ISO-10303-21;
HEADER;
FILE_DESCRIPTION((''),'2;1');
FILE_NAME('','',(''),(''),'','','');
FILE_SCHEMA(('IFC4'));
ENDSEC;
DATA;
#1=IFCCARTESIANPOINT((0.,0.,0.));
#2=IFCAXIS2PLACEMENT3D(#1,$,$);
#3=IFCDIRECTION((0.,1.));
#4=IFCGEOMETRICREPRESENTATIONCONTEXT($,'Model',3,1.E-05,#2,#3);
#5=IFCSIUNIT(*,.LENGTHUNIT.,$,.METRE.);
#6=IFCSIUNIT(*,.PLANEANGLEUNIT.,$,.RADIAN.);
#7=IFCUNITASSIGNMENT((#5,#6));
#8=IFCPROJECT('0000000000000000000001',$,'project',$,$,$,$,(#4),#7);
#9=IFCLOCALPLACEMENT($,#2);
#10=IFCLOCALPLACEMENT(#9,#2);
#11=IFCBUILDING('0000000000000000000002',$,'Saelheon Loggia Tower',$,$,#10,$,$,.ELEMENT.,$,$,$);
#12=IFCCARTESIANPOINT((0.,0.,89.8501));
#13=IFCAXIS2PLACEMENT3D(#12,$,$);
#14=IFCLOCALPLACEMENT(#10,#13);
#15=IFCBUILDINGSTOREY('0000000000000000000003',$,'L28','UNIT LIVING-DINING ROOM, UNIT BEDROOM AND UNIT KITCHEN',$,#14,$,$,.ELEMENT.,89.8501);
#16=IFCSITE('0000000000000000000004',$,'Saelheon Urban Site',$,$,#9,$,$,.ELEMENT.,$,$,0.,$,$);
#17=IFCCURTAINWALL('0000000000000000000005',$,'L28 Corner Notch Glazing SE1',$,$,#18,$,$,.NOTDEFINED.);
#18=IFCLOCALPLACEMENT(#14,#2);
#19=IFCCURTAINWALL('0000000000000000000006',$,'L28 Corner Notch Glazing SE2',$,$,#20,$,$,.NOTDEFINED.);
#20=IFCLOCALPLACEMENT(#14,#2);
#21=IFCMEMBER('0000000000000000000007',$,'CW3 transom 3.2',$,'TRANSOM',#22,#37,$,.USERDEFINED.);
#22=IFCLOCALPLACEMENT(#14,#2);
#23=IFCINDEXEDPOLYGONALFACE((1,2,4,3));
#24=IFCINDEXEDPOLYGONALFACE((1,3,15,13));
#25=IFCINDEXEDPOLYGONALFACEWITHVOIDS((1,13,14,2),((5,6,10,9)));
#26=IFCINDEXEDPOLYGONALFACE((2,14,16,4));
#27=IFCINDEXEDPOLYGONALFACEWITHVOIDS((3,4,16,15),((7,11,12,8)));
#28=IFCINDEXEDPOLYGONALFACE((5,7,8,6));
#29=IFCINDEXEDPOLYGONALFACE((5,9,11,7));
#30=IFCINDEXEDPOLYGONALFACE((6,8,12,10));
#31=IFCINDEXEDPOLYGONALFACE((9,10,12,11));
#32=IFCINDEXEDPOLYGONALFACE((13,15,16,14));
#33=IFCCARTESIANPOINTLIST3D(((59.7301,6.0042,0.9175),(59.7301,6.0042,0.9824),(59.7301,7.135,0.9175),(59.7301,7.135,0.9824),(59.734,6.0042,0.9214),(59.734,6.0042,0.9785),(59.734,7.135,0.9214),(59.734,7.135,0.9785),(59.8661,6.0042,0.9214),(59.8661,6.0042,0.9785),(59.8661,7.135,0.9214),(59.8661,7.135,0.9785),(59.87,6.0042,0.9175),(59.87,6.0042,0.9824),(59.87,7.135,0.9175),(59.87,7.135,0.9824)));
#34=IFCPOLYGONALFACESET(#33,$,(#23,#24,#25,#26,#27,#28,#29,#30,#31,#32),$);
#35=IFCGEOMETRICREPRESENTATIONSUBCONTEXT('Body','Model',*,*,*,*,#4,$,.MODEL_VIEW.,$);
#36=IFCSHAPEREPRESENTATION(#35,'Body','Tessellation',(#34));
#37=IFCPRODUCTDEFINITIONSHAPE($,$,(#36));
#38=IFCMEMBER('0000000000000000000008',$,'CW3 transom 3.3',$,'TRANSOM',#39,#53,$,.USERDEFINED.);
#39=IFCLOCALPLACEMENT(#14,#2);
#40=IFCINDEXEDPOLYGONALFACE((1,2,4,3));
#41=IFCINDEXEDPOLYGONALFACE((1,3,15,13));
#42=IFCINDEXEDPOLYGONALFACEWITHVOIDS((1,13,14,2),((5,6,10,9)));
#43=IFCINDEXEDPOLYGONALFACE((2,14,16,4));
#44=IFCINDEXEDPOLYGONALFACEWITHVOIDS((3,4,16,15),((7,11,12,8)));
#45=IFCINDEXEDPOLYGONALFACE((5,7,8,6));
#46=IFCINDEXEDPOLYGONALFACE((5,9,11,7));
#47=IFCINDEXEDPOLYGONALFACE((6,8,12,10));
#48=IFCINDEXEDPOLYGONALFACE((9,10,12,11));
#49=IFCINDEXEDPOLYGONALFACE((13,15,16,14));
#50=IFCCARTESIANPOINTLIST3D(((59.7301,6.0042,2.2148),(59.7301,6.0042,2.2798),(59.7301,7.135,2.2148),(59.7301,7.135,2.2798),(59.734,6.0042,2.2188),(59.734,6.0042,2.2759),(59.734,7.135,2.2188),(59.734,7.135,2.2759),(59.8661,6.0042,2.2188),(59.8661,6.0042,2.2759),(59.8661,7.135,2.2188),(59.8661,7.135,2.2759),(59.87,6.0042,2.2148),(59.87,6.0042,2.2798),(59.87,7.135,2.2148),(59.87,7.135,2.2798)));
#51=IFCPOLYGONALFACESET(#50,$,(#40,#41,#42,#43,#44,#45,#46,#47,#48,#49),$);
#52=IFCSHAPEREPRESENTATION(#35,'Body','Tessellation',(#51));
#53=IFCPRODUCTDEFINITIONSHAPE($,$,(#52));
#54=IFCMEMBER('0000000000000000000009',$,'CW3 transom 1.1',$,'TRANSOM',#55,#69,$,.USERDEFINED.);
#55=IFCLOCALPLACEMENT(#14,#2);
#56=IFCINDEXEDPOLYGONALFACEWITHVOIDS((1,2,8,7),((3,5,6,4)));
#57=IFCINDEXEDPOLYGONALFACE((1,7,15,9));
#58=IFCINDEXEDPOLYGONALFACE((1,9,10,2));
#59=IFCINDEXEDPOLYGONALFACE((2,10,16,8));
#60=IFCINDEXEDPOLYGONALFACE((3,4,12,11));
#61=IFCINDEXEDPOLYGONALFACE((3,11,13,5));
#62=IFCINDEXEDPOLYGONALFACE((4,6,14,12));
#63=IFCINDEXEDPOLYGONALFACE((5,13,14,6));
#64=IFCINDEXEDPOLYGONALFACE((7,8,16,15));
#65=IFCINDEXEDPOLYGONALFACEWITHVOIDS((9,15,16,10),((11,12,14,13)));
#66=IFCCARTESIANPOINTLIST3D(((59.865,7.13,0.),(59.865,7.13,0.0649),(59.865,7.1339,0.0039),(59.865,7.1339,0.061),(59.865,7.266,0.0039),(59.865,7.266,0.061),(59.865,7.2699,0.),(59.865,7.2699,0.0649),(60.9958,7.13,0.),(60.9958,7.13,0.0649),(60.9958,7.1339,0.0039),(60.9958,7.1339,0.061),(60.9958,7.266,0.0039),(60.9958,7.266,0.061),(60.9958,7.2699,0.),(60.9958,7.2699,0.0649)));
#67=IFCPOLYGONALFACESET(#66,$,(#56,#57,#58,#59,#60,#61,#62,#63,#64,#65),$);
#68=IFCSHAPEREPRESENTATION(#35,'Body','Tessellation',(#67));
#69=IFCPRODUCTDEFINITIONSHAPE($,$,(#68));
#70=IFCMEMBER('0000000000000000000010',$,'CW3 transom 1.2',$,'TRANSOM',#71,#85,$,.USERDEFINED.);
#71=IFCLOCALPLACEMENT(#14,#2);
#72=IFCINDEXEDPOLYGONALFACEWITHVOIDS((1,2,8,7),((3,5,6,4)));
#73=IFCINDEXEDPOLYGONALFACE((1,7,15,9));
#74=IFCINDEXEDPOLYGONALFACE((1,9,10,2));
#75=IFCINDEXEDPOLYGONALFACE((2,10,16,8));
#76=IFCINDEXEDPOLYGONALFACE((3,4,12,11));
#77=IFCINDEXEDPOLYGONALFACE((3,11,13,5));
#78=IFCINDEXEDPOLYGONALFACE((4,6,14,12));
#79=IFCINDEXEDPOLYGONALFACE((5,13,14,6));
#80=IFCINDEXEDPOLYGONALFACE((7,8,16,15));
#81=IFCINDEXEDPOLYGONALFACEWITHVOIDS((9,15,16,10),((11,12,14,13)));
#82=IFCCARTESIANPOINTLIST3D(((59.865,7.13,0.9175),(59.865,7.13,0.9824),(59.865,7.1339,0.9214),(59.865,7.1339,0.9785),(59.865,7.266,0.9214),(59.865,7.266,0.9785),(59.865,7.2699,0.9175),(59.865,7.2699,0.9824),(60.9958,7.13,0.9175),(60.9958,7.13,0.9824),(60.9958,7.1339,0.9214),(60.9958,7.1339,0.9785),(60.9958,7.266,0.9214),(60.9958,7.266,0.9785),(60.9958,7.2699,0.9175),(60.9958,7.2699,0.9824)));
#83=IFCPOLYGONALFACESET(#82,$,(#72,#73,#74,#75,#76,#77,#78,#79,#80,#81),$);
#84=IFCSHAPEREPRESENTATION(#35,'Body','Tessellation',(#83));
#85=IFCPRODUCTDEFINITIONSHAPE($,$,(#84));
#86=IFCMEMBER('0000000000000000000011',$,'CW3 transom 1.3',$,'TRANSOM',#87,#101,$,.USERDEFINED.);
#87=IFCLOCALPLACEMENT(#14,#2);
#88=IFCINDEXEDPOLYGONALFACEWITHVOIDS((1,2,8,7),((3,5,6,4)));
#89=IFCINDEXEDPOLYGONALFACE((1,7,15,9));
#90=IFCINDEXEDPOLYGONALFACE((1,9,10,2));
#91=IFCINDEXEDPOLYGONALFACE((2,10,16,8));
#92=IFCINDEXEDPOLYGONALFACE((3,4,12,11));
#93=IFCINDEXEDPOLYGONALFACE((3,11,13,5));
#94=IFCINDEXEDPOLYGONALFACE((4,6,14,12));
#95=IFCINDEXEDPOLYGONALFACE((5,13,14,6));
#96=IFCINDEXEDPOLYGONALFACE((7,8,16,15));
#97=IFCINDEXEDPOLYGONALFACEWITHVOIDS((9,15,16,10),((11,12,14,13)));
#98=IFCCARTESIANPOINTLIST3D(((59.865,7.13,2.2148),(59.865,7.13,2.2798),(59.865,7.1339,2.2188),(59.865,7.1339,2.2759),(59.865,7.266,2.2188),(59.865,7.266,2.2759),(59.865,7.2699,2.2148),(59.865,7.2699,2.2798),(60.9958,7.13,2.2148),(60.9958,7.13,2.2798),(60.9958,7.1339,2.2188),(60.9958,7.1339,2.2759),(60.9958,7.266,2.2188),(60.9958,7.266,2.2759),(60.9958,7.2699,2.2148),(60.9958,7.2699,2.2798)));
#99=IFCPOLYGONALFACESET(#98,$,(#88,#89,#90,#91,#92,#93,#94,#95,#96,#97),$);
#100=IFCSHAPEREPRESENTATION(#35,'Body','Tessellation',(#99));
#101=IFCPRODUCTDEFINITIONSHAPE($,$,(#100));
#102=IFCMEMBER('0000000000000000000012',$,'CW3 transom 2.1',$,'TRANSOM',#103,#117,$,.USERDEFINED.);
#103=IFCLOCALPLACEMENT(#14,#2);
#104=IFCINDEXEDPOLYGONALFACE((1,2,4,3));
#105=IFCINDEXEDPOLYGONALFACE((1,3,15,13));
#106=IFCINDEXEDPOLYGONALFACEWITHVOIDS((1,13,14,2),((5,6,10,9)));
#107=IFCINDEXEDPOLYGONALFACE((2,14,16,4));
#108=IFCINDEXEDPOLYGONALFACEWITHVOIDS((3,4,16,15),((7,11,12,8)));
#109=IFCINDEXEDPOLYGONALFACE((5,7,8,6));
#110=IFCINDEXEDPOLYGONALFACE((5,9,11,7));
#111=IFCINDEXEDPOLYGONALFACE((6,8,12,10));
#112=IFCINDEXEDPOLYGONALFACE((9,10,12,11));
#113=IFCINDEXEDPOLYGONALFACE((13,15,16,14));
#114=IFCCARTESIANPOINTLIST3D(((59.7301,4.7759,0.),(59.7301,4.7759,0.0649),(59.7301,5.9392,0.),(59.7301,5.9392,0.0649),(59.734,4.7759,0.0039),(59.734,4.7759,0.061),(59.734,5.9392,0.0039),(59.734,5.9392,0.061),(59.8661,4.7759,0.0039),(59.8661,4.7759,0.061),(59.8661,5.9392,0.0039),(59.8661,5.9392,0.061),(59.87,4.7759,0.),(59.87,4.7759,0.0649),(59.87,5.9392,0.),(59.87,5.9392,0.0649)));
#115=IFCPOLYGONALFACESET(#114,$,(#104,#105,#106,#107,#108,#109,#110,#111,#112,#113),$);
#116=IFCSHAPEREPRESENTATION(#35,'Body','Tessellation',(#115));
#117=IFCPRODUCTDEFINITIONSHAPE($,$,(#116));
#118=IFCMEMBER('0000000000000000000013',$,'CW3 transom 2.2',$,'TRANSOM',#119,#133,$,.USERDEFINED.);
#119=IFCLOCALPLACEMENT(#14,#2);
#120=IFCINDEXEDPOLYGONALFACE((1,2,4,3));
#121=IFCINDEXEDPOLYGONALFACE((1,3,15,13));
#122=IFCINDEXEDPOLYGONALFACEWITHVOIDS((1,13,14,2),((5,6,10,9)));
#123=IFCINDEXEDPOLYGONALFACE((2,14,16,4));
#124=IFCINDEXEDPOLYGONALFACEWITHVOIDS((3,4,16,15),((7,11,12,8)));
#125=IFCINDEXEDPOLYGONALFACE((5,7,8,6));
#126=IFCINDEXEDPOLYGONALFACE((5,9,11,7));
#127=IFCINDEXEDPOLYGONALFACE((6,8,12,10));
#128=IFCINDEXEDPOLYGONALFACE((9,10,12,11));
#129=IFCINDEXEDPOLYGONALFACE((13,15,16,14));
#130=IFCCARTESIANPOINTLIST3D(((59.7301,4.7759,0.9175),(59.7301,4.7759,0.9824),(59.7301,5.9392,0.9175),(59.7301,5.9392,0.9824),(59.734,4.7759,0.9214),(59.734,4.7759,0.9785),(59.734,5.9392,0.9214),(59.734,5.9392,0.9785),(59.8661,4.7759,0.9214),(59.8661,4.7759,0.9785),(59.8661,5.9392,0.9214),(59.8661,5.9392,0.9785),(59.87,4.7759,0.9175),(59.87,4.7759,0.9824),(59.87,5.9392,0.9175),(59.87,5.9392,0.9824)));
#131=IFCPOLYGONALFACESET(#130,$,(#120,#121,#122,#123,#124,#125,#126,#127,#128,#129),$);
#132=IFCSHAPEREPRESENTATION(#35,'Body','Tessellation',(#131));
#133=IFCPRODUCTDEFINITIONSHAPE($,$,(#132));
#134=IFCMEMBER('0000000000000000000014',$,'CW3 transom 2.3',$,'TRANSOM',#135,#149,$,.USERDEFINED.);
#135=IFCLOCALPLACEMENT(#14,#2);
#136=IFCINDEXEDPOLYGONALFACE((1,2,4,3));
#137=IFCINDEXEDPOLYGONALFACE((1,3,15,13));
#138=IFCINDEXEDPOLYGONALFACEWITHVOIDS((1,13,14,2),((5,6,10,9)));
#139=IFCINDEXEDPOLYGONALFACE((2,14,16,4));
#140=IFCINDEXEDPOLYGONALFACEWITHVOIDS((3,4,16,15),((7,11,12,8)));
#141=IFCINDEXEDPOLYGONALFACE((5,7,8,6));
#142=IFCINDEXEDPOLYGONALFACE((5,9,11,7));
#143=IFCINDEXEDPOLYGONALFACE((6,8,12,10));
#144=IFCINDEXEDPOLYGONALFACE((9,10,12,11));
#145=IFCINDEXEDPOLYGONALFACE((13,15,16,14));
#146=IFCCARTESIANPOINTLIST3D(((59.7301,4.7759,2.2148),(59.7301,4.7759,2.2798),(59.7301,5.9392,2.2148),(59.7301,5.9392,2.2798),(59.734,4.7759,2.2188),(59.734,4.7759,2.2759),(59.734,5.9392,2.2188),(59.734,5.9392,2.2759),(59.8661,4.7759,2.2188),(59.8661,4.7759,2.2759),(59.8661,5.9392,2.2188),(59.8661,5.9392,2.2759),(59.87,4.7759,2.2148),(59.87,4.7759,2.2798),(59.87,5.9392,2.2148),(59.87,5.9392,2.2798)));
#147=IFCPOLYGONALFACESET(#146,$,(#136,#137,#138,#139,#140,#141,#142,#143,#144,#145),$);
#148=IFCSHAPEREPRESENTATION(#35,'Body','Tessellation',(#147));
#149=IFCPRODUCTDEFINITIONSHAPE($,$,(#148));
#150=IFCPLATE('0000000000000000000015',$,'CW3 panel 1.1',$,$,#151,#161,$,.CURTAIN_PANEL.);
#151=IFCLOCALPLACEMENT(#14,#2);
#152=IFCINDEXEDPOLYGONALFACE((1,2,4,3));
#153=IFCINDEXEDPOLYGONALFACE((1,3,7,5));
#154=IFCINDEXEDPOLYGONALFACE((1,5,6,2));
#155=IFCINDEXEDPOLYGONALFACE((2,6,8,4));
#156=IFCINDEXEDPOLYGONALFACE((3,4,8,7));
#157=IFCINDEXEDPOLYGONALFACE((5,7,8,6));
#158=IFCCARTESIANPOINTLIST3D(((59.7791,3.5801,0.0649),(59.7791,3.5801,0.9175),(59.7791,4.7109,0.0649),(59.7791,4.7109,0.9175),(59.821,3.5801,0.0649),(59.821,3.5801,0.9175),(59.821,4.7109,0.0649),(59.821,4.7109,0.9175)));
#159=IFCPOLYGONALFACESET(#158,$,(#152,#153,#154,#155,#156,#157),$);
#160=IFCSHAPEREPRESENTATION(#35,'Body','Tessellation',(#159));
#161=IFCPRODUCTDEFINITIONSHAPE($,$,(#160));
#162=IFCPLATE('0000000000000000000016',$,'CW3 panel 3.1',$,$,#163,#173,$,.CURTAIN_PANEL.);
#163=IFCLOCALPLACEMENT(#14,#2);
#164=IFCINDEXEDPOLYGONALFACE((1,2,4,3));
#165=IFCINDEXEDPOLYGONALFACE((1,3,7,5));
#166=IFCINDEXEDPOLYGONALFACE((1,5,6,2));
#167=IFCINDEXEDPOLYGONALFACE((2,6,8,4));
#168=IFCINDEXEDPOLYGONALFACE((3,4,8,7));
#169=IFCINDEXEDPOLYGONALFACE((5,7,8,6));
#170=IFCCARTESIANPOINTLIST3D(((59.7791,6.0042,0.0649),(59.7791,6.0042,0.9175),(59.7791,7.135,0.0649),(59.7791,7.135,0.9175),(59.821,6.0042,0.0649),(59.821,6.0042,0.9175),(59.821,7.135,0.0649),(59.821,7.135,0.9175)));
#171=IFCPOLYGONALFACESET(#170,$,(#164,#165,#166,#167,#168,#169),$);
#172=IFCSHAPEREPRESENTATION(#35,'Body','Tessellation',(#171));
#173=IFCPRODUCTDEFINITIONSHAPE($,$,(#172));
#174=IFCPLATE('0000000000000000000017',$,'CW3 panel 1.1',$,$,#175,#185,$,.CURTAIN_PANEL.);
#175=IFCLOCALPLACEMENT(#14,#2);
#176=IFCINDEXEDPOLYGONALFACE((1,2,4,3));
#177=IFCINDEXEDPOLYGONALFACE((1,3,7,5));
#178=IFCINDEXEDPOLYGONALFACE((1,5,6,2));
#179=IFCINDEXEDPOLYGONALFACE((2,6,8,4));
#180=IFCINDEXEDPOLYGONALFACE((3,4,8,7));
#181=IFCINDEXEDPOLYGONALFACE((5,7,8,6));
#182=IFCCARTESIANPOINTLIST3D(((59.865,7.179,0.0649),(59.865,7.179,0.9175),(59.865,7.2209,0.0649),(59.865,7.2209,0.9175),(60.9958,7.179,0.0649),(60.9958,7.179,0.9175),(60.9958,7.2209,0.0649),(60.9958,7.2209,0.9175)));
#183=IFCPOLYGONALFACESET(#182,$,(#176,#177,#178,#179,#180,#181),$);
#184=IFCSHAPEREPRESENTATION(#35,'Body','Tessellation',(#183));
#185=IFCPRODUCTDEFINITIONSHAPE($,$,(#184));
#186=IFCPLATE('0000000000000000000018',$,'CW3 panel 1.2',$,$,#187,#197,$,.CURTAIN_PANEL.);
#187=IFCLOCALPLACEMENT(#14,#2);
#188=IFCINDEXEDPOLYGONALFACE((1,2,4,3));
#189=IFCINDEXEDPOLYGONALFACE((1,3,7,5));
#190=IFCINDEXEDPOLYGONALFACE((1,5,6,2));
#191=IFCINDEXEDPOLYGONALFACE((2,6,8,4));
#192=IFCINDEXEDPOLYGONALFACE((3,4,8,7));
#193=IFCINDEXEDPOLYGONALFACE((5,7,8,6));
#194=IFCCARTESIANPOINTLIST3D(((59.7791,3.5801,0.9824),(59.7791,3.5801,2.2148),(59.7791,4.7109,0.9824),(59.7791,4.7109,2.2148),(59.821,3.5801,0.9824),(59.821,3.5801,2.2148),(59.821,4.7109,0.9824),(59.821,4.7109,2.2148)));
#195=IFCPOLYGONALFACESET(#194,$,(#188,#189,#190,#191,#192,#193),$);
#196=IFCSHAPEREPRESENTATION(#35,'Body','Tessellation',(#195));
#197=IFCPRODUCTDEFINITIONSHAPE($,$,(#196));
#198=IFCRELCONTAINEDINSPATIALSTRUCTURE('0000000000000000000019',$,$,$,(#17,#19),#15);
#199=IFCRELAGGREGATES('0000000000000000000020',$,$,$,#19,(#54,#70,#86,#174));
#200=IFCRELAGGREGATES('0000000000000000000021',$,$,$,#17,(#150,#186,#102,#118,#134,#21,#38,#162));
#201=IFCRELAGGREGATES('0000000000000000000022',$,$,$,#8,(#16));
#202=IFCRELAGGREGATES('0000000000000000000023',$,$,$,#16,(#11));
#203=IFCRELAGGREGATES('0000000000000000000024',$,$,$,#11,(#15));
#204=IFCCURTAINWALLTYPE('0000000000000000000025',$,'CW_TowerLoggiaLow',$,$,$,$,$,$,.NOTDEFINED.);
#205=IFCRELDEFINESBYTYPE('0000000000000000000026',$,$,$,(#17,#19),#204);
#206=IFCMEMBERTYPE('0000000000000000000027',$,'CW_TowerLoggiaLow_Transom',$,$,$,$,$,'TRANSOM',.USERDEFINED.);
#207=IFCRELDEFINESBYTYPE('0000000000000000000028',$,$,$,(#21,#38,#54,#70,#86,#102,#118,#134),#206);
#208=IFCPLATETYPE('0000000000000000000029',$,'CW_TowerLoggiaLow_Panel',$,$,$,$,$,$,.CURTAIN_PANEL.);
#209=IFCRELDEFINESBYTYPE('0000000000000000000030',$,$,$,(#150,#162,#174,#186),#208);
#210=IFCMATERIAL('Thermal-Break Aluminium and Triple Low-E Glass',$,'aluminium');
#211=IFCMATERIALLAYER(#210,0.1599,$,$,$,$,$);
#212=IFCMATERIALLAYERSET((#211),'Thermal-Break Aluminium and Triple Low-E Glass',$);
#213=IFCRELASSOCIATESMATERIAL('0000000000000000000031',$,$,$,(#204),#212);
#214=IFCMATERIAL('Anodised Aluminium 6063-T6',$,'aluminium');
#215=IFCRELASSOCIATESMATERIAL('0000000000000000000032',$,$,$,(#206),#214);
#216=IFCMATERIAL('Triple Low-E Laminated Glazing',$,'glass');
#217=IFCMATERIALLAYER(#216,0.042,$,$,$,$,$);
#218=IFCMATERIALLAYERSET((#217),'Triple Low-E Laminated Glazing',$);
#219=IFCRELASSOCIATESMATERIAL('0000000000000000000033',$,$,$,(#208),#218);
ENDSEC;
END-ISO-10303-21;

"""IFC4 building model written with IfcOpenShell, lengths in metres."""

from ifc_helpers import new_model, si_unit, direction, frame, origin, origin_2d, place, context, subcontext, project, spatial, rectangle, hollow_rectangle, extrude, source, transform, mapped, material, layer, layer_set, material_profile, profile_set, type_object, element, aggregate, save


model = new_model("IFC4")

# Units and contexts
model_context = context("Model", 3, precision=1e-05, world=origin(), true_north=direction((0.0, 1.0)))
body_context = subcontext(model_context, "Body", "Model", "MODEL_VIEW")
ifc_project = project(units=[si_unit("LENGTHUNIT", "METRE"), si_unit("PLANEANGLEUNIT", "RADIAN")], contexts=[model_context])

# Site, building, storey
site_placement = place(None, origin())
site = spatial("IfcSite", under=ifc_project, at=site_placement, Name="Saelheon Urban Site", CompositionType="ELEMENT", RefElevation=0.0)
building_placement = place(site_placement, origin())
building = spatial("IfcBuilding", under=site, at=building_placement, Name="Saelheon Loggia Tower", CompositionType="ELEMENT")
storey_placement = place(building_placement, frame((0.0, 0.0, 89.8501)))
storey = spatial("IfcBuildingStorey", under=building, at=storey_placement, Name="L28", Description="UNIT LIVING-DINING ROOM, UNIT BEDROOM AND UNIT KITCHEN", CompositionType="ELEMENT", Elevation=89.8501)

# Curtain wall
ifc_material_1 = material(Name="Thermal-Break Aluminium and Triple Low-E Glass", Category="aluminium")
ifc_layer_1 = layer(ifc_material_1, 0.1599)
ifc_layer_set_1 = layer_set([ifc_layer_1], Name="Thermal-Break Aluminium and Triple Low-E Glass")
curtain_wall_type = type_object("IfcCurtainWallType", Name="CW_TowerLoggiaLow", PredefinedType="NOTDEFINED", material=ifc_layer_set_1)
curtain_wall_1_placement = place(storey_placement, origin())
curtain_wall_1 = element("IfcCurtainWall", 1, at=curtain_wall_1_placement, inside=storey, type_object=curtain_wall_type, Name="L28 Corner Notch Glazing SE1", PredefinedType="NOTDEFINED")
ifc_material_2 = material(Name="Anodised Aluminium 6063-T6", Category="aluminium")

# Curtain wall
curtain_wall_2_placement = place(storey_placement, origin())
curtain_wall_2 = element("IfcCurtainWall", 2, at=curtain_wall_2_placement, inside=storey, type_object=curtain_wall_type, Name="L28 Corner Notch Glazing SE2", PredefinedType="NOTDEFINED")

# Members
ifc_material_profile_1 = material_profile(ifc_material_2, hollow_rectangle(XDim=0.0649, YDim=0.1399, WallThickness=0.0039, at=origin_2d()), Name="RHS-140x65x4")
ifc_profile_set_1 = profile_set([ifc_material_profile_1], Name="Anodised Aluminium 6063-T6")
member_type_1 = type_object("IfcMemberType", Name="CW_TowerLoggiaLow_Transom", ElementType="TRANSOM", PredefinedType="USERDEFINED", material=ifc_profile_set_1)
shared_shape_1 = source(origin(), body_context, "Body", "SweptSolid", [
    extrude(hollow_rectangle(XDim=0.0649, YDim=0.1399, WallThickness=0.0039, at=origin_2d()), origin(), (0.0, 0.0, 1.0), 1.1309),
])
member_1_placement = place(storey_placement, frame((59.8, 6.0042, 0.95), z_axis=(0.0, 1.0, 0.0), x_axis=(0.0, 0.0, 1.0)))
member_1 = element("IfcMember", 3, at=member_1_placement, type_object=member_type_1, Name="CW3 transom 3.2", ObjectType="TRANSOM", PredefinedType="USERDEFINED", context=body_context, shape_type="MappedRepresentation", body=[
    mapped(shared_shape_1, transform((0.0, 0.0, 0.0), scale=1.0)),
])
member_2_placement = place(storey_placement, frame((59.8, 6.0042, 2.2473), z_axis=(0.0, 1.0, 0.0), x_axis=(0.0, 0.0, 1.0)))
member_2 = element("IfcMember", 4, at=member_2_placement, type_object=member_type_1, Name="CW3 transom 3.3", ObjectType="TRANSOM", PredefinedType="USERDEFINED", context=body_context, shape_type="MappedRepresentation", body=[
    mapped(shared_shape_1, transform((0.0, 0.0, 0.0), scale=1.0)),
])
member_3_placement = place(storey_placement, frame((59.865, 7.2, 0.0325), z_axis=(1.0, 0.0, 0.0), x_axis=(0.0, 0.0, 1.0)))
member_3 = element("IfcMember", 5, at=member_3_placement, type_object=member_type_1, Name="CW3 transom 1.1", ObjectType="TRANSOM", PredefinedType="USERDEFINED", context=body_context, shape_type="MappedRepresentation", body=[
    mapped(shared_shape_1, transform((0.0, 0.0, 0.0), scale=1.0)),
])
member_4_placement = place(storey_placement, frame((59.865, 7.2, 0.95), z_axis=(1.0, 0.0, 0.0), x_axis=(0.0, 0.0, 1.0)))
member_4 = element("IfcMember", 6, at=member_4_placement, type_object=member_type_1, Name="CW3 transom 1.2", ObjectType="TRANSOM", PredefinedType="USERDEFINED", context=body_context, shape_type="MappedRepresentation", body=[
    mapped(shared_shape_1, transform((0.0, 0.0, 0.0), scale=1.0)),
])
member_5_placement = place(storey_placement, frame((59.865, 7.2, 2.2473), z_axis=(1.0, 0.0, 0.0), x_axis=(0.0, 0.0, 1.0)))
member_5 = element("IfcMember", 7, at=member_5_placement, type_object=member_type_1, Name="CW3 transom 1.3", ObjectType="TRANSOM", PredefinedType="USERDEFINED", context=body_context, shape_type="MappedRepresentation", body=[
    mapped(shared_shape_1, transform((0.0, 0.0, 0.0), scale=1.0)),
])
shared_shape_2 = source(origin(), body_context, "Body", "SweptSolid", [
    extrude(hollow_rectangle(XDim=0.0649, YDim=0.1399, WallThickness=0.0039, at=origin_2d()), origin(), (0.0, 0.0, 1.0), 1.1633),
])
member_6_placement = place(storey_placement, frame((59.8, 4.7759, 0.0325), z_axis=(0.0, 1.0, 0.0), x_axis=(0.0, 0.0, 1.0)))
member_6 = element("IfcMember", 8, at=member_6_placement, type_object=member_type_1, Name="CW3 transom 2.1", ObjectType="TRANSOM", PredefinedType="USERDEFINED", context=body_context, shape_type="MappedRepresentation", body=[
    mapped(shared_shape_2, transform((0.0, 0.0, 0.0), scale=1.0)),
])
member_7_placement = place(storey_placement, frame((59.8, 4.7759, 0.95), z_axis=(0.0, 1.0, 0.0), x_axis=(0.0, 0.0, 1.0)))
member_7 = element("IfcMember", 9, at=member_7_placement, type_object=member_type_1, Name="CW3 transom 2.2", ObjectType="TRANSOM", PredefinedType="USERDEFINED", context=body_context, shape_type="MappedRepresentation", body=[
    mapped(shared_shape_2, transform((0.0, 0.0, 0.0), scale=1.0)),
])
member_8_placement = place(storey_placement, frame((59.8, 4.7759, 2.2473), z_axis=(0.0, 1.0, 0.0), x_axis=(0.0, 0.0, 1.0)))
member_8 = element("IfcMember", 10, at=member_8_placement, type_object=member_type_1, Name="CW3 transom 2.3", ObjectType="TRANSOM", PredefinedType="USERDEFINED", context=body_context, shape_type="MappedRepresentation", body=[
    mapped(shared_shape_2, transform((0.0, 0.0, 0.0), scale=1.0)),
])

# Plates
ifc_material_3 = material(Name="Triple Low-E Laminated Glazing", Category="glass")
ifc_layer_2 = layer(ifc_material_3, 0.042)
ifc_layer_set_2 = layer_set([ifc_layer_2], Name="Triple Low-E Laminated Glazing")
plate_type = type_object("IfcPlateType", Name="CW_TowerLoggiaLow_Panel", PredefinedType="CURTAIN_PANEL", material=ifc_layer_set_2)
shared_shape_3 = source(origin(), body_context, "Body", "SweptSolid", [
    extrude(rectangle(XDim=1.1309, YDim=0.042, at=origin_2d()), origin(), (0.0, 0.0, 1.0), 0.8525),
])
plate_1_placement = place(storey_placement, frame((59.8, 4.1455, 0.0649), z_axis=(0.0, 0.0, 1.0), x_axis=(0.0, 1.0, 0.0)))
plate_1 = element("IfcPlate", 11, at=plate_1_placement, type_object=plate_type, Name="CW3 panel 1.1", PredefinedType="CURTAIN_PANEL", context=body_context, shape_type="MappedRepresentation", body=[
    mapped(shared_shape_3, transform((0.0, 0.0, 0.0), scale=1.0)),
])
plate_2_placement = place(storey_placement, frame((59.8, 6.5696, 0.0649), z_axis=(0.0, 0.0, 1.0), x_axis=(0.0, 1.0, 0.0)))
plate_2 = element("IfcPlate", 12, at=plate_2_placement, type_object=plate_type, Name="CW3 panel 3.1", PredefinedType="CURTAIN_PANEL", context=body_context, shape_type="MappedRepresentation", body=[
    mapped(shared_shape_3, transform((0.0, 0.0, 0.0), scale=1.0)),
])
plate_3_placement = place(storey_placement, frame((60.4304, 7.2, 0.0649), z_axis=(0.0, 0.0, 1.0), x_axis=(1.0, 0.0, 0.0)))
plate_3 = element("IfcPlate", 13, at=plate_3_placement, type_object=plate_type, Name="CW3 panel 1.1", PredefinedType="CURTAIN_PANEL", context=body_context, shape_type="MappedRepresentation", body=[
    mapped(shared_shape_3, transform((0.0, 0.0, 0.0), scale=1.0)),
])
aggregate(curtain_wall_2, [member_3, member_4, member_5, plate_3])
shared_shape_4 = source(origin(), body_context, "Body", "SweptSolid", [
    extrude(rectangle(XDim=1.1309, YDim=0.042, at=origin_2d()), origin(), (0.0, 0.0, 1.0), 1.2324),
])
plate_4_placement = place(storey_placement, frame((59.8, 4.1455, 0.9824), z_axis=(0.0, 0.0, 1.0), x_axis=(0.0, 1.0, 0.0)))
plate_4 = element("IfcPlate", 14, at=plate_4_placement, type_object=plate_type, Name="CW3 panel 1.2", PredefinedType="CURTAIN_PANEL", context=body_context, shape_type="MappedRepresentation", body=[
    mapped(shared_shape_4, transform((0.0, 0.0, 0.0), scale=1.0)),
])
aggregate(curtain_wall_1, [plate_1, plate_4, member_6, member_7, member_8, member_1, member_2, plate_2])

save(model, "model.ifc")
